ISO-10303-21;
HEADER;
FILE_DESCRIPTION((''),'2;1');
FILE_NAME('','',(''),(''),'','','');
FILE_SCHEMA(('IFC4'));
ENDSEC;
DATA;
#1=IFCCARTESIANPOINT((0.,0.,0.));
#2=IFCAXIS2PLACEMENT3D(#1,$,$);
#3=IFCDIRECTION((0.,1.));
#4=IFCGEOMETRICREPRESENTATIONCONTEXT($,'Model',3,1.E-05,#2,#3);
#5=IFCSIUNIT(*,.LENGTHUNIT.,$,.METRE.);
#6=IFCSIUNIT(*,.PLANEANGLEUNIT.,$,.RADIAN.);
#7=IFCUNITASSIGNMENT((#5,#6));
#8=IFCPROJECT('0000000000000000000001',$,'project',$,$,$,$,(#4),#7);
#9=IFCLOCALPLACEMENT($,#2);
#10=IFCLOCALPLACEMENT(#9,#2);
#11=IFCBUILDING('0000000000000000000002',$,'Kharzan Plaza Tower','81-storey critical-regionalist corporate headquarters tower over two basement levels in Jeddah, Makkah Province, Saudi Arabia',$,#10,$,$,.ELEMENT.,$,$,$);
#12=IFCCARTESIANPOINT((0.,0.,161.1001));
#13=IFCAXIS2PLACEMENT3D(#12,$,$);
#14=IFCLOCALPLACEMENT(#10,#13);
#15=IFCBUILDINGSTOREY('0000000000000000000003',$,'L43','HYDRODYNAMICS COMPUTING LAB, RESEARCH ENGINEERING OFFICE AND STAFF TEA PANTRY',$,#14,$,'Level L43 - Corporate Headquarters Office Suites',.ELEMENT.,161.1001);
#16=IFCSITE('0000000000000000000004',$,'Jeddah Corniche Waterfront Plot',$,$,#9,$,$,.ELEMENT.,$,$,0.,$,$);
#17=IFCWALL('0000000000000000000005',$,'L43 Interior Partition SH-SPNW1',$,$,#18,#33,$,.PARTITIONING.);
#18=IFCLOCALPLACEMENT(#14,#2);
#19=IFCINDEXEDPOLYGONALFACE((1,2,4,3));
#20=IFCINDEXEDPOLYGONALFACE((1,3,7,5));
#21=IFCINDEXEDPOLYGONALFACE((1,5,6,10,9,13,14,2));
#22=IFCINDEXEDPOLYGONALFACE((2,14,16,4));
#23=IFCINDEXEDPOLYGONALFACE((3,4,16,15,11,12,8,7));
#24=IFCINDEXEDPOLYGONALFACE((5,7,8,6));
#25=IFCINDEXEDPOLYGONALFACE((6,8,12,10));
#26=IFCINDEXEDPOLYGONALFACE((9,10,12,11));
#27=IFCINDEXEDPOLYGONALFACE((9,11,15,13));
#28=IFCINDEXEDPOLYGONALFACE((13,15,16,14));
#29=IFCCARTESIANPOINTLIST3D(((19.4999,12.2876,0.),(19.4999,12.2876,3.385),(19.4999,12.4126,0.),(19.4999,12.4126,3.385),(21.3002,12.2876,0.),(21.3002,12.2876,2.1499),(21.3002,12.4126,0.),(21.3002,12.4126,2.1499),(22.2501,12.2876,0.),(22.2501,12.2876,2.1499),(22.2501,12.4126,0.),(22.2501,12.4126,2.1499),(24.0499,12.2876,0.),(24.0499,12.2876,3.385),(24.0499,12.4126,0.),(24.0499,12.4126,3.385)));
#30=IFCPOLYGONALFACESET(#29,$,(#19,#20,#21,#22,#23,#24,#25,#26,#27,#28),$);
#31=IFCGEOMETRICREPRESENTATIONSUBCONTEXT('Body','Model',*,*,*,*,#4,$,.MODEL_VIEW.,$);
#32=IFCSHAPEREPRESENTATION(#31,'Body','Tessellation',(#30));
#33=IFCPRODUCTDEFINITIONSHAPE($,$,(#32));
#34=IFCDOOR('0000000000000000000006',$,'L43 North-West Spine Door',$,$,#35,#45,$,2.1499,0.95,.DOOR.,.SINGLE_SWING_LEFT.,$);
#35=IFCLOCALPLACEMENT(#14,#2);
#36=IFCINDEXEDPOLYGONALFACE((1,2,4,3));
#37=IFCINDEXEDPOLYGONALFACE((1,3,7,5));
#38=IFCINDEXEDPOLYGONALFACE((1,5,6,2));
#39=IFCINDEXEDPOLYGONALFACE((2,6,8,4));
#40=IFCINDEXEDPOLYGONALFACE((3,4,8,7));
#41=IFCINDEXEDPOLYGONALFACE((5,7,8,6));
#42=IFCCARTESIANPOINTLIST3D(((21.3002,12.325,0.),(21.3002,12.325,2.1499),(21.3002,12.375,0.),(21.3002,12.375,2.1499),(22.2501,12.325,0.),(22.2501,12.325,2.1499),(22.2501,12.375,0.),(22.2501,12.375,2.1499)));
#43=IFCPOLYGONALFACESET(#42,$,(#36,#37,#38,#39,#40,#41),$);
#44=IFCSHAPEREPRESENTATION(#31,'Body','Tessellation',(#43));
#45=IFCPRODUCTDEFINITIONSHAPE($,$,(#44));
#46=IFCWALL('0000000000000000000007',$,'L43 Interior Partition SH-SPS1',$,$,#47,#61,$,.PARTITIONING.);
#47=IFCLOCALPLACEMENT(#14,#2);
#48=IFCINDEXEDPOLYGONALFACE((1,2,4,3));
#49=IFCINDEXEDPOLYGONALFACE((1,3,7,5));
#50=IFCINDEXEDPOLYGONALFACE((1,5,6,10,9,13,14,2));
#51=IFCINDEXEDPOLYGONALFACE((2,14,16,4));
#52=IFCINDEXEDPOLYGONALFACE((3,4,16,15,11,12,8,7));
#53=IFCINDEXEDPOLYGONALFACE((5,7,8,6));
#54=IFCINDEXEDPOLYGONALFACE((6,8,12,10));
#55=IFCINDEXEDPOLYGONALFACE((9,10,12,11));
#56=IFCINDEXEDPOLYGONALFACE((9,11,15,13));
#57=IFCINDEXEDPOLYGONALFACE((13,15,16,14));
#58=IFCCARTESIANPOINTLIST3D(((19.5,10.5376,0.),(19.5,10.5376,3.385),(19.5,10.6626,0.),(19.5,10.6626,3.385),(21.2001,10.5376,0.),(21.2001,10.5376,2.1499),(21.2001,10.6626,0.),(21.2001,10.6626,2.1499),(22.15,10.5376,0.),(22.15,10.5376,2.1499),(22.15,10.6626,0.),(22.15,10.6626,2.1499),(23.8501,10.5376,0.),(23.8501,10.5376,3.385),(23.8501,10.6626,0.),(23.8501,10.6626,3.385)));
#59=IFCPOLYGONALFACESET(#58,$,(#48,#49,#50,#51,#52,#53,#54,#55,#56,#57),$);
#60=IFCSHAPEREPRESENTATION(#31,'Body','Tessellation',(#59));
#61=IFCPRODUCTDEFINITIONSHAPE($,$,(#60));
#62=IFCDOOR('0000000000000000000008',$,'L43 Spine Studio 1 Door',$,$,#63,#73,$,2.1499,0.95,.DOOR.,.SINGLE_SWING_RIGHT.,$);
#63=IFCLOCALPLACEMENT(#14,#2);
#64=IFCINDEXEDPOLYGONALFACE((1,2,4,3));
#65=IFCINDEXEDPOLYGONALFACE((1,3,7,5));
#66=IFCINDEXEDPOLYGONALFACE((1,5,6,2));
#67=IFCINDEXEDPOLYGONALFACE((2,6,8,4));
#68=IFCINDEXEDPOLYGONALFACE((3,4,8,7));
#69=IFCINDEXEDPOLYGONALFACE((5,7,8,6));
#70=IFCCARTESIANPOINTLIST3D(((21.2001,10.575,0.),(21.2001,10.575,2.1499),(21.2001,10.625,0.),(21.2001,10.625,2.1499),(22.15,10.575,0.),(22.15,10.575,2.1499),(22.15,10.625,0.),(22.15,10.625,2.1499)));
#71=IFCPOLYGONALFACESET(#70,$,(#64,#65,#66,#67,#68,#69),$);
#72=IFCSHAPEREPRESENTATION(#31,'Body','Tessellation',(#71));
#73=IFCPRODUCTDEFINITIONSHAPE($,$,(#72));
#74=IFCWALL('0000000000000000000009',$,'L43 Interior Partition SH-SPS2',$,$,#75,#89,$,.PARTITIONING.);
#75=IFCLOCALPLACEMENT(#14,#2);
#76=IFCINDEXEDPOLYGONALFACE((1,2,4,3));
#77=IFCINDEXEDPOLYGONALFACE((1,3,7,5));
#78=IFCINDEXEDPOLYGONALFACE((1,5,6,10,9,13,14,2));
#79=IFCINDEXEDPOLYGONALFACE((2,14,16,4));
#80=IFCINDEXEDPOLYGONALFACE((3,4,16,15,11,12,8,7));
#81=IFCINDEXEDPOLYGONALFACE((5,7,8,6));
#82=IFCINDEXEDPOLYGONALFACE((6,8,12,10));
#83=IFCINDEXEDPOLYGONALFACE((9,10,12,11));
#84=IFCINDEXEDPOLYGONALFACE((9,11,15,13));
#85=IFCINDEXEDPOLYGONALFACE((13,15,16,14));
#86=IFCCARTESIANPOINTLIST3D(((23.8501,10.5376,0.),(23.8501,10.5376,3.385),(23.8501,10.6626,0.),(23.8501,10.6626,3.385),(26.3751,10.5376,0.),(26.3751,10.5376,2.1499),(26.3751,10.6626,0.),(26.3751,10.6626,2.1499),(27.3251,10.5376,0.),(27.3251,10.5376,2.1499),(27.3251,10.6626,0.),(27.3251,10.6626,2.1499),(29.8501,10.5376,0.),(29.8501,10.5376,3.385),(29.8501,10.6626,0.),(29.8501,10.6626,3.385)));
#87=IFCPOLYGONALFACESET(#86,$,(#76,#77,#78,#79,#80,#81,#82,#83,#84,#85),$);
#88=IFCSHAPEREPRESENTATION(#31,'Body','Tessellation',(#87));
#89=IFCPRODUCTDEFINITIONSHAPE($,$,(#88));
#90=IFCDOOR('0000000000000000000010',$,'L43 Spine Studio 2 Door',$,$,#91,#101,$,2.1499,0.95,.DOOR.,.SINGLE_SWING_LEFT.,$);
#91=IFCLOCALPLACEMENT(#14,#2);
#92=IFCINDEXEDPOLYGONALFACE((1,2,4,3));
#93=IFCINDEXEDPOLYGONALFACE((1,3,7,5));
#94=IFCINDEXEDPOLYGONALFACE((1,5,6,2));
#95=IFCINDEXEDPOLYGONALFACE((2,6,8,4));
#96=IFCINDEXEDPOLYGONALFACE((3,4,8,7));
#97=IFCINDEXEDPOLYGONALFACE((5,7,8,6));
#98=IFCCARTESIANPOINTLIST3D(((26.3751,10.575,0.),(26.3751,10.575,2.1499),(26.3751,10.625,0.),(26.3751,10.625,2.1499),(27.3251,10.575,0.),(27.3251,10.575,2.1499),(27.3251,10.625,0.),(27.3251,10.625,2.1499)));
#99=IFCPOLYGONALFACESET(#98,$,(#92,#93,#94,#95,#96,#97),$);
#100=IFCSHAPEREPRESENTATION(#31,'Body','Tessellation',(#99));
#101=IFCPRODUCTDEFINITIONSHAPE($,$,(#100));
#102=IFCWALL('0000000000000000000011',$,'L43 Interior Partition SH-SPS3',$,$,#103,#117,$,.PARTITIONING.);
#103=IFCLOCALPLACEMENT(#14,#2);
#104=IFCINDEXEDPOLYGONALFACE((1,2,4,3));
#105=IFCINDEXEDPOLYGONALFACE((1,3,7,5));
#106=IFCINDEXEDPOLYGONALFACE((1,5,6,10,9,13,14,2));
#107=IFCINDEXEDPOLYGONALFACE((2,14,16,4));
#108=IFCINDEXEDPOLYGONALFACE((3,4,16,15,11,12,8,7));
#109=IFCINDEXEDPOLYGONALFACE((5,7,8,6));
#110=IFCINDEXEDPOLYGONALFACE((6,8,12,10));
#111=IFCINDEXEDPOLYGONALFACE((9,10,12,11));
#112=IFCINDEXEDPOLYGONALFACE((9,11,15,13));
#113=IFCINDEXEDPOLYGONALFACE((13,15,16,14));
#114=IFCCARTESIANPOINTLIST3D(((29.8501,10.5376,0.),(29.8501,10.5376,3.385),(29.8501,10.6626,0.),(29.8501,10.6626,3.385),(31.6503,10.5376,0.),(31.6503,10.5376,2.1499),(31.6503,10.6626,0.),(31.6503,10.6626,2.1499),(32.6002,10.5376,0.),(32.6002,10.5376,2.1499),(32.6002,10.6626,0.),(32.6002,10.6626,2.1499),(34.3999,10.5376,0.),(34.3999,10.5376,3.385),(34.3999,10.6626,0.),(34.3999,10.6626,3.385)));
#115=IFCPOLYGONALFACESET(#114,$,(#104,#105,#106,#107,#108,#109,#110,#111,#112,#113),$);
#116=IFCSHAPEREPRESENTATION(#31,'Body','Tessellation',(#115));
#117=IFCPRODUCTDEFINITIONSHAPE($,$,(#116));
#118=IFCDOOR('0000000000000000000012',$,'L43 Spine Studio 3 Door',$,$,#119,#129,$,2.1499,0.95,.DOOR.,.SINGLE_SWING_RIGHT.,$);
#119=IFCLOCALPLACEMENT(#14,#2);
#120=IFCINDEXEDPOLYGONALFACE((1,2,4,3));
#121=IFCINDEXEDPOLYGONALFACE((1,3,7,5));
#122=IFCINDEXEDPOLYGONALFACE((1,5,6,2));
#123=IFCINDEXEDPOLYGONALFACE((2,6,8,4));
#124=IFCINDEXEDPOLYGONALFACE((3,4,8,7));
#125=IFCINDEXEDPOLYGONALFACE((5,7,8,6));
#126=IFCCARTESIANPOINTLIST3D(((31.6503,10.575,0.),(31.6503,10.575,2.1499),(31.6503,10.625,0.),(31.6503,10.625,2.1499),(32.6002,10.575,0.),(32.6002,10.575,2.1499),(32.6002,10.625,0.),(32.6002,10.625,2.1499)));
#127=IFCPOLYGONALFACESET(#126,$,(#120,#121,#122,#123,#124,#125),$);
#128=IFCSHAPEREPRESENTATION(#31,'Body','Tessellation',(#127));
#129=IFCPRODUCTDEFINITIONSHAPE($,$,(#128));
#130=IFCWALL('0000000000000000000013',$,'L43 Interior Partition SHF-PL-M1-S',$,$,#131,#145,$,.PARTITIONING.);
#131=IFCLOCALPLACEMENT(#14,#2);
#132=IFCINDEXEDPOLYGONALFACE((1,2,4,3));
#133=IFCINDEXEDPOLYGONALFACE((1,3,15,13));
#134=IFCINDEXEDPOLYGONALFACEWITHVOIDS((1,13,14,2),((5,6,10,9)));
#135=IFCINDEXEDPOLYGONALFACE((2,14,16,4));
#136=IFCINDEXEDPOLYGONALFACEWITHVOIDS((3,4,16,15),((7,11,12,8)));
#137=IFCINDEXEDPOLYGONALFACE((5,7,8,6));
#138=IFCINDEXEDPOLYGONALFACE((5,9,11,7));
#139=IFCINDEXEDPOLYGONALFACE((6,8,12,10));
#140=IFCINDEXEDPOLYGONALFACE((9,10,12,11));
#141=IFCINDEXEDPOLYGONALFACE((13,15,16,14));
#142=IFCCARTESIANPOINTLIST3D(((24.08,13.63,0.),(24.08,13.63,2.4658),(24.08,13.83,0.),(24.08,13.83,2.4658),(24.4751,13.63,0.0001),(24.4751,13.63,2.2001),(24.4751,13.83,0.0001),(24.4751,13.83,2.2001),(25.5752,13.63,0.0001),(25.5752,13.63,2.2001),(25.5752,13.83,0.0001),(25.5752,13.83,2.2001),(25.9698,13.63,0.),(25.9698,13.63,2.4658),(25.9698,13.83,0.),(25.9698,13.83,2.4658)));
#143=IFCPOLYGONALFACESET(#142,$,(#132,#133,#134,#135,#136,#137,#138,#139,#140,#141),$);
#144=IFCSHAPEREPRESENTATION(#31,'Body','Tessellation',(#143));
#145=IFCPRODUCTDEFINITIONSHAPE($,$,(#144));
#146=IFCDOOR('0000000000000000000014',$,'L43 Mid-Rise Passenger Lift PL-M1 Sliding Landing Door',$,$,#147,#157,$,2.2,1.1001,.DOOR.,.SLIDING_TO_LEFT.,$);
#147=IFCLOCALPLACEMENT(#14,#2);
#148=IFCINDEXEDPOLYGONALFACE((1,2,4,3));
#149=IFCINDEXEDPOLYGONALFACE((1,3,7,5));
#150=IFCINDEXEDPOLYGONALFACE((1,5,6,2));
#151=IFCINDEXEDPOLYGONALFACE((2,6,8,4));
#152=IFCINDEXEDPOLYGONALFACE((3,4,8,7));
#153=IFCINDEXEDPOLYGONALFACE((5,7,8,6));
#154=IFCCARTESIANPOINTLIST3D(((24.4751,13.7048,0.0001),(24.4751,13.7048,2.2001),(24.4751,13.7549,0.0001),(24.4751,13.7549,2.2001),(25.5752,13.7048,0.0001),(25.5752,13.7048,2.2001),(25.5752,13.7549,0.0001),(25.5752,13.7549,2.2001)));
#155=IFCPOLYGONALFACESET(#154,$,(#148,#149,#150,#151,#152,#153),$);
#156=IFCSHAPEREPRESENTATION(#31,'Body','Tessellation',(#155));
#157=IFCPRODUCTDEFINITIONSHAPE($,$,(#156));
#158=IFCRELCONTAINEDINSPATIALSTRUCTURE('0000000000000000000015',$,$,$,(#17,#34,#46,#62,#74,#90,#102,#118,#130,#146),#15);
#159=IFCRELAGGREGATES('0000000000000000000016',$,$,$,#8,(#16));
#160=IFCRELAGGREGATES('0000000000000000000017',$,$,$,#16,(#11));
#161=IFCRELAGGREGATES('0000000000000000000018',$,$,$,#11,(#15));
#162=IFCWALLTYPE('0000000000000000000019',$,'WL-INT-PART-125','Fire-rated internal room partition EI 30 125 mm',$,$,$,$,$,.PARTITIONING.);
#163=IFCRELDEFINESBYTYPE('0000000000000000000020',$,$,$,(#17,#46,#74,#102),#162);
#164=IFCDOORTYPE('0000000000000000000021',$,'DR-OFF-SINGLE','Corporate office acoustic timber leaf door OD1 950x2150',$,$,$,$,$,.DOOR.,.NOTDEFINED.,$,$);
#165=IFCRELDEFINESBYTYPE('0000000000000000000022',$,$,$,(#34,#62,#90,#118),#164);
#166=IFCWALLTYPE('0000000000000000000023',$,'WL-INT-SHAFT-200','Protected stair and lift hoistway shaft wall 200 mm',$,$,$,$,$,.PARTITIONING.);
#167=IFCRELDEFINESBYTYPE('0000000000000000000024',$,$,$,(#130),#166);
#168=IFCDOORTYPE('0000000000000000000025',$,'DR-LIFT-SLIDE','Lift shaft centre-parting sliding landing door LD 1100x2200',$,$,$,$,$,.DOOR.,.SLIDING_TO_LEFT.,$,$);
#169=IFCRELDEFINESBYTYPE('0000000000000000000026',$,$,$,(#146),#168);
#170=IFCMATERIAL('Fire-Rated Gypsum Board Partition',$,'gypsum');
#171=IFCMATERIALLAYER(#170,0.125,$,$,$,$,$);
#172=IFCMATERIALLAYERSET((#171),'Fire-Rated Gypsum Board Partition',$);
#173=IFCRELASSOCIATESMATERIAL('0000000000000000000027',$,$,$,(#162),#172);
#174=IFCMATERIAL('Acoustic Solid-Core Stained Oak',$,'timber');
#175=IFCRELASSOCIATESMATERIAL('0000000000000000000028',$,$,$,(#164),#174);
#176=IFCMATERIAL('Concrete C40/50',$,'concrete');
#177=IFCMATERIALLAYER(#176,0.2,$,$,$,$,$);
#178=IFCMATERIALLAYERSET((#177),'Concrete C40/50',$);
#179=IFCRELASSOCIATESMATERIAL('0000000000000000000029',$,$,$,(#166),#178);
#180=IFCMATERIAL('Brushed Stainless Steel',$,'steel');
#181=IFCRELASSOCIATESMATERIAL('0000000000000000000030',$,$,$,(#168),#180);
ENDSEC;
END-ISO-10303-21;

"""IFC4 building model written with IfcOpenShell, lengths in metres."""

from ifc_helpers import new_model, si_unit, direction, frame, frame_2d, origin, place, context, subcontext, project, spatial, rectangle, extrude, source, transform, mapped, material, layer, layer_set, type_object, element, fill, save


model = new_model("IFC4")

# Units and contexts
model_context = context("Model", 3, precision=1e-05, world=origin(), true_north=direction((0.0, 1.0)))
body_context = subcontext(model_context, "Body", "Model", "MODEL_VIEW")
ifc_project = project(units=[si_unit("LENGTHUNIT", "METRE"), si_unit("PLANEANGLEUNIT", "RADIAN")], contexts=[model_context])

# Site, building, storey
site_placement = place(None, origin())
site = spatial("IfcSite", under=ifc_project, at=site_placement, Name="Jeddah Corniche Waterfront Plot", CompositionType="ELEMENT", RefElevation=0.0)
building_placement = place(site_placement, origin())
building = spatial("IfcBuilding", under=site, at=building_placement, Name="Kharzan Plaza Tower", Description="81-storey critical-regionalist corporate headquarters tower over two basement levels in Jeddah, Makkah Province, Saudi Arabia", CompositionType="ELEMENT")
storey_placement = place(building_placement, frame((0.0, 0.0, 161.1001)))
storey = spatial("IfcBuildingStorey", under=building, at=storey_placement, Name="L43", Description="HYDRODYNAMICS COMPUTING LAB, RESEARCH ENGINEERING OFFICE AND STAFF TEA PANTRY", LongName="Level L43 - Corporate Headquarters Office Suites", CompositionType="ELEMENT", Elevation=161.1001)

# Walls, openings, doors
ifc_material_1 = material(Name="Fire-Rated Gypsum Board Partition", Category="gypsum")
ifc_layer_1 = layer(ifc_material_1, 0.125)
ifc_layer_set_1 = layer_set([ifc_layer_1], Name="Fire-Rated Gypsum Board Partition")
wall_type_1 = type_object("IfcWallType", Name="WL-INT-PART-125", Description="Fire-rated internal room partition EI 30 125 mm", PredefinedType="PARTITIONING", material=ifc_layer_set_1)
ifc_material_2 = material(Name="Acoustic Solid-Core Stained Oak", Category="timber")
door_type_1 = type_object("IfcDoorType", Name="DR-OFF-SINGLE", Description="Corporate office acoustic timber leaf door OD1 950x2150", OperationType="NOTDEFINED", PredefinedType="DOOR", material=ifc_material_2)
shared_shape_1 = source(origin(), body_context, "Body", "SweptSolid", [
    extrude(rectangle(XDim=0.95, YDim=2.1499, at=frame_2d((0.4751, 1.075))), frame((0.0, 0.0249, 0.0), z_axis=(0.0, -1.0, 0.0), x_axis=(1.0, 0.0, 0.0)), (0.0, 0.0, 1.0), 0.05),
])
wall_1_placement = place(storey_placement, frame((19.5, 12.3501, 0.0), z_axis=(0.0, 0.0, 1.0), x_axis=(1.0, 0.0, 0.0)))
wall_1 = element("IfcWall", 1, at=wall_1_placement, inside=storey, type_object=wall_type_1, Name="L43 Interior Partition SH-SPNW1", PredefinedType="PARTITIONING", context=body_context, shape_type="SweptSolid", body=[
    extrude(rectangle(XDim=4.55, YDim=0.125, at=frame_2d((2.2749, 0.0))), origin(), (0.0, 0.0, 1.0), 3.385),
])
opening_1_placement = place(wall_1_placement, frame((1.8, 0.0, 0.0)))
opening_1 = element("IfcOpeningElement", 2, at=opening_1_placement, cuts=wall_1, PredefinedType="OPENING", context=body_context, shape_type="SweptSolid", body=[
    extrude(rectangle(XDim=0.95, YDim=2.1499, at=frame_2d((0.4751, 1.075))), frame((0.0, 0.0725, 0.0), z_axis=(0.0, -1.0, 0.0), x_axis=(1.0, 0.0, 0.0)), (0.0, 0.0, 1.0), 0.145),
])
door_1_placement = place(opening_1_placement, origin())
door_1 = element("IfcDoor", 3, at=door_1_placement, inside=storey, type_object=door_type_1, Name="L43 North-West Spine Door", OperationType="SINGLE_SWING_LEFT", OverallHeight=2.1499, OverallWidth=0.95, PredefinedType="DOOR", context=body_context, shape_type="MappedRepresentation", body=[
    mapped(shared_shape_1, transform((0.0, 0.0, 0.0), x_axis=(1.0, 0.0, 0.0), y_axis=(0.0, 1.0, 0.0), z_axis=(0.0, 0.0, 1.0))),
])
fill(opening_1, door_1)
wall_2_placement = place(storey_placement, frame((19.5, 10.6001, 0.0), z_axis=(0.0, 0.0, 1.0), x_axis=(1.0, 0.0, 0.0)))
wall_2 = element("IfcWall", 4, at=wall_2_placement, inside=storey, type_object=wall_type_1, Name="L43 Interior Partition SH-SPS1", PredefinedType="PARTITIONING", context=body_context, shape_type="SweptSolid", body=[
    extrude(rectangle(XDim=4.3501, YDim=0.125, at=frame_2d((2.175, 0.0))), origin(), (0.0, 0.0, 1.0), 3.385),
])
opening_2_placement = place(wall_2_placement, frame((1.7, 0.0, 0.0)))
opening_2 = element("IfcOpeningElement", 5, at=opening_2_placement, cuts=wall_2, PredefinedType="OPENING", context=body_context, shape_type="SweptSolid", body=[
    extrude(rectangle(XDim=0.95, YDim=2.1499, at=frame_2d((0.4751, 1.075))), frame((0.0, 0.0725, 0.0), z_axis=(0.0, -1.0, 0.0), x_axis=(1.0, 0.0, 0.0)), (0.0, 0.0, 1.0), 0.145),
])
door_2_placement = place(opening_2_placement, origin())
door_2 = element("IfcDoor", 6, at=door_2_placement, inside=storey, type_object=door_type_1, Name="L43 Spine Studio 1 Door", OperationType="SINGLE_SWING_RIGHT", OverallHeight=2.1499, OverallWidth=0.95, PredefinedType="DOOR", context=body_context, shape_type="MappedRepresentation", body=[
    mapped(shared_shape_1, transform((0.0, 0.0, 0.0), x_axis=(1.0, 0.0, 0.0), y_axis=(0.0, 1.0, 0.0), z_axis=(0.0, 0.0, 1.0))),
])
fill(opening_2, door_2)
wall_3_placement = place(storey_placement, frame((23.8501, 10.6001, 0.0), z_axis=(0.0, 0.0, 1.0), x_axis=(1.0, 0.0, 0.0)))
wall_3 = element("IfcWall", 7, at=wall_3_placement, inside=storey, type_object=wall_type_1, Name="L43 Interior Partition SH-SPS2", PredefinedType="PARTITIONING", context=body_context, shape_type="SweptSolid", body=[
    extrude(rectangle(XDim=6.0, YDim=0.125, at=frame_2d((3.0, 0.0))), origin(), (0.0, 0.0, 1.0), 3.385),
])
opening_3_placement = place(wall_3_placement, frame((2.5249, 0.0, 0.0)))
opening_3 = element("IfcOpeningElement", 8, at=opening_3_placement, cuts=wall_3, PredefinedType="OPENING", context=body_context, shape_type="SweptSolid", body=[
    extrude(rectangle(XDim=0.95, YDim=2.1499, at=frame_2d((0.4751, 1.075))), frame((0.0, 0.0725, 0.0), z_axis=(0.0, -1.0, 0.0), x_axis=(1.0, 0.0, 0.0)), (0.0, 0.0, 1.0), 0.145),
])
door_3_placement = place(opening_3_placement, origin())
door_3 = element("IfcDoor", 9, at=door_3_placement, inside=storey, type_object=door_type_1, Name="L43 Spine Studio 2 Door", OperationType="SINGLE_SWING_LEFT", OverallHeight=2.1499, OverallWidth=0.95, PredefinedType="DOOR", context=body_context, shape_type="MappedRepresentation", body=[
    mapped(shared_shape_1, transform((0.0, 0.0, 0.0), x_axis=(1.0, 0.0, 0.0), y_axis=(0.0, 1.0, 0.0), z_axis=(0.0, 0.0, 1.0))),
])
fill(opening_3, door_3)
wall_4_placement = place(storey_placement, frame((29.8501, 10.6001, 0.0), z_axis=(0.0, 0.0, 1.0), x_axis=(1.0, 0.0, 0.0)))
wall_4 = element("IfcWall", 10, at=wall_4_placement, inside=storey, type_object=wall_type_1, Name="L43 Interior Partition SH-SPS3", PredefinedType="PARTITIONING", context=body_context, shape_type="SweptSolid", body=[
    extrude(rectangle(XDim=4.5498, YDim=0.125, at=frame_2d((2.2749, 0.0))), origin(), (0.0, 0.0, 1.0), 3.385),
])
opening_4_placement = place(wall_4_placement, frame((1.8, 0.0, 0.0)))
opening_4 = element("IfcOpeningElement", 11, at=opening_4_placement, cuts=wall_4, PredefinedType="OPENING", context=body_context, shape_type="SweptSolid", body=[
    extrude(rectangle(XDim=0.95, YDim=2.1499, at=frame_2d((0.4751, 1.075))), frame((0.0, 0.0725, 0.0), z_axis=(0.0, -1.0, 0.0), x_axis=(1.0, 0.0, 0.0)), (0.0, 0.0, 1.0), 0.145),
])
door_4_placement = place(opening_4_placement, origin())
door_4 = element("IfcDoor", 12, at=door_4_placement, inside=storey, type_object=door_type_1, Name="L43 Spine Studio 3 Door", OperationType="SINGLE_SWING_RIGHT", OverallHeight=2.1499, OverallWidth=0.95, PredefinedType="DOOR", context=body_context, shape_type="MappedRepresentation", body=[
    mapped(shared_shape_1, transform((0.0, 0.0, 0.0), x_axis=(1.0, 0.0, 0.0), y_axis=(0.0, 1.0, 0.0), z_axis=(0.0, 0.0, 1.0))),
])
fill(opening_4, door_4)
ifc_material_3 = material(Name="Concrete C40/50", Category="concrete")
ifc_layer_2 = layer(ifc_material_3, 0.2)
ifc_layer_set_2 = layer_set([ifc_layer_2], Name="Concrete C40/50")
wall_type_2 = type_object("IfcWallType", Name="WL-INT-SHAFT-200", Description="Protected stair and lift hoistway shaft wall 200 mm", PredefinedType="PARTITIONING", material=ifc_layer_set_2)
wall_5_placement = place(storey_placement, frame((24.0801, 13.73, 0.0), z_axis=(0.0, 0.0, 1.0), x_axis=(1.0, 0.0, 0.0)))
wall_5 = element("IfcWall", 13, at=wall_5_placement, inside=storey, type_object=wall_type_2, Name="L43 Interior Partition SHF-PL-M1-S", PredefinedType="PARTITIONING", context=body_context, shape_type="SweptSolid", body=[
    extrude(rectangle(XDim=1.8899, YDim=0.2, at=frame_2d((0.9448, 0.0))), origin(), (0.0, 0.0, 1.0), 2.4658),
])
opening_5_placement = place(wall_5_placement, frame((0.395, 0.0, 0.0)))
opening_5 = element("IfcOpeningElement", 14, at=opening_5_placement, cuts=wall_5, PredefinedType="OPENING", context=body_context, shape_type="SweptSolid", body=[
    extrude(rectangle(XDim=1.1001, YDim=2.2, at=frame_2d((0.55, 1.1001))), frame((0.0, 0.1099, 0.0), z_axis=(0.0, -1.0, 0.0), x_axis=(1.0, 0.0, 0.0)), (0.0, 0.0, 1.0), 0.22),
])
ifc_material_4 = material(Name="Brushed Stainless Steel", Category="steel")
door_type_2 = type_object("IfcDoorType", Name="DR-LIFT-SLIDE", Description="Lift shaft centre-parting sliding landing door LD 1100x2200", OperationType="SLIDING_TO_LEFT", PredefinedType="DOOR", material=ifc_material_4)
shared_shape_2 = source(origin(), body_context, "Body", "SweptSolid", [
    extrude(rectangle(XDim=1.1001, YDim=2.2, at=frame_2d((0.55, 1.1001))), frame((0.0, 0.0249, 0.0), z_axis=(0.0, -1.0, 0.0), x_axis=(1.0, 0.0, 0.0)), (0.0, 0.0, 1.0), 0.05),
])
door_5_placement = place(opening_5_placement, origin())
door_5 = element("IfcDoor", 15, at=door_5_placement, inside=storey, type_object=door_type_2, Name="L43 Mid-Rise Passenger Lift PL-M1 Sliding Landing Door", OperationType="SLIDING_TO_LEFT", OverallHeight=2.2, OverallWidth=1.1001, PredefinedType="DOOR", context=body_context, shape_type="MappedRepresentation", body=[
    mapped(shared_shape_2, transform((0.0, 0.0, 0.0), x_axis=(1.0, 0.0, 0.0), y_axis=(0.0, 1.0, 0.0), z_axis=(0.0, 0.0, 1.0))),
])
fill(opening_5, door_5)

save(model, "model.ifc")
